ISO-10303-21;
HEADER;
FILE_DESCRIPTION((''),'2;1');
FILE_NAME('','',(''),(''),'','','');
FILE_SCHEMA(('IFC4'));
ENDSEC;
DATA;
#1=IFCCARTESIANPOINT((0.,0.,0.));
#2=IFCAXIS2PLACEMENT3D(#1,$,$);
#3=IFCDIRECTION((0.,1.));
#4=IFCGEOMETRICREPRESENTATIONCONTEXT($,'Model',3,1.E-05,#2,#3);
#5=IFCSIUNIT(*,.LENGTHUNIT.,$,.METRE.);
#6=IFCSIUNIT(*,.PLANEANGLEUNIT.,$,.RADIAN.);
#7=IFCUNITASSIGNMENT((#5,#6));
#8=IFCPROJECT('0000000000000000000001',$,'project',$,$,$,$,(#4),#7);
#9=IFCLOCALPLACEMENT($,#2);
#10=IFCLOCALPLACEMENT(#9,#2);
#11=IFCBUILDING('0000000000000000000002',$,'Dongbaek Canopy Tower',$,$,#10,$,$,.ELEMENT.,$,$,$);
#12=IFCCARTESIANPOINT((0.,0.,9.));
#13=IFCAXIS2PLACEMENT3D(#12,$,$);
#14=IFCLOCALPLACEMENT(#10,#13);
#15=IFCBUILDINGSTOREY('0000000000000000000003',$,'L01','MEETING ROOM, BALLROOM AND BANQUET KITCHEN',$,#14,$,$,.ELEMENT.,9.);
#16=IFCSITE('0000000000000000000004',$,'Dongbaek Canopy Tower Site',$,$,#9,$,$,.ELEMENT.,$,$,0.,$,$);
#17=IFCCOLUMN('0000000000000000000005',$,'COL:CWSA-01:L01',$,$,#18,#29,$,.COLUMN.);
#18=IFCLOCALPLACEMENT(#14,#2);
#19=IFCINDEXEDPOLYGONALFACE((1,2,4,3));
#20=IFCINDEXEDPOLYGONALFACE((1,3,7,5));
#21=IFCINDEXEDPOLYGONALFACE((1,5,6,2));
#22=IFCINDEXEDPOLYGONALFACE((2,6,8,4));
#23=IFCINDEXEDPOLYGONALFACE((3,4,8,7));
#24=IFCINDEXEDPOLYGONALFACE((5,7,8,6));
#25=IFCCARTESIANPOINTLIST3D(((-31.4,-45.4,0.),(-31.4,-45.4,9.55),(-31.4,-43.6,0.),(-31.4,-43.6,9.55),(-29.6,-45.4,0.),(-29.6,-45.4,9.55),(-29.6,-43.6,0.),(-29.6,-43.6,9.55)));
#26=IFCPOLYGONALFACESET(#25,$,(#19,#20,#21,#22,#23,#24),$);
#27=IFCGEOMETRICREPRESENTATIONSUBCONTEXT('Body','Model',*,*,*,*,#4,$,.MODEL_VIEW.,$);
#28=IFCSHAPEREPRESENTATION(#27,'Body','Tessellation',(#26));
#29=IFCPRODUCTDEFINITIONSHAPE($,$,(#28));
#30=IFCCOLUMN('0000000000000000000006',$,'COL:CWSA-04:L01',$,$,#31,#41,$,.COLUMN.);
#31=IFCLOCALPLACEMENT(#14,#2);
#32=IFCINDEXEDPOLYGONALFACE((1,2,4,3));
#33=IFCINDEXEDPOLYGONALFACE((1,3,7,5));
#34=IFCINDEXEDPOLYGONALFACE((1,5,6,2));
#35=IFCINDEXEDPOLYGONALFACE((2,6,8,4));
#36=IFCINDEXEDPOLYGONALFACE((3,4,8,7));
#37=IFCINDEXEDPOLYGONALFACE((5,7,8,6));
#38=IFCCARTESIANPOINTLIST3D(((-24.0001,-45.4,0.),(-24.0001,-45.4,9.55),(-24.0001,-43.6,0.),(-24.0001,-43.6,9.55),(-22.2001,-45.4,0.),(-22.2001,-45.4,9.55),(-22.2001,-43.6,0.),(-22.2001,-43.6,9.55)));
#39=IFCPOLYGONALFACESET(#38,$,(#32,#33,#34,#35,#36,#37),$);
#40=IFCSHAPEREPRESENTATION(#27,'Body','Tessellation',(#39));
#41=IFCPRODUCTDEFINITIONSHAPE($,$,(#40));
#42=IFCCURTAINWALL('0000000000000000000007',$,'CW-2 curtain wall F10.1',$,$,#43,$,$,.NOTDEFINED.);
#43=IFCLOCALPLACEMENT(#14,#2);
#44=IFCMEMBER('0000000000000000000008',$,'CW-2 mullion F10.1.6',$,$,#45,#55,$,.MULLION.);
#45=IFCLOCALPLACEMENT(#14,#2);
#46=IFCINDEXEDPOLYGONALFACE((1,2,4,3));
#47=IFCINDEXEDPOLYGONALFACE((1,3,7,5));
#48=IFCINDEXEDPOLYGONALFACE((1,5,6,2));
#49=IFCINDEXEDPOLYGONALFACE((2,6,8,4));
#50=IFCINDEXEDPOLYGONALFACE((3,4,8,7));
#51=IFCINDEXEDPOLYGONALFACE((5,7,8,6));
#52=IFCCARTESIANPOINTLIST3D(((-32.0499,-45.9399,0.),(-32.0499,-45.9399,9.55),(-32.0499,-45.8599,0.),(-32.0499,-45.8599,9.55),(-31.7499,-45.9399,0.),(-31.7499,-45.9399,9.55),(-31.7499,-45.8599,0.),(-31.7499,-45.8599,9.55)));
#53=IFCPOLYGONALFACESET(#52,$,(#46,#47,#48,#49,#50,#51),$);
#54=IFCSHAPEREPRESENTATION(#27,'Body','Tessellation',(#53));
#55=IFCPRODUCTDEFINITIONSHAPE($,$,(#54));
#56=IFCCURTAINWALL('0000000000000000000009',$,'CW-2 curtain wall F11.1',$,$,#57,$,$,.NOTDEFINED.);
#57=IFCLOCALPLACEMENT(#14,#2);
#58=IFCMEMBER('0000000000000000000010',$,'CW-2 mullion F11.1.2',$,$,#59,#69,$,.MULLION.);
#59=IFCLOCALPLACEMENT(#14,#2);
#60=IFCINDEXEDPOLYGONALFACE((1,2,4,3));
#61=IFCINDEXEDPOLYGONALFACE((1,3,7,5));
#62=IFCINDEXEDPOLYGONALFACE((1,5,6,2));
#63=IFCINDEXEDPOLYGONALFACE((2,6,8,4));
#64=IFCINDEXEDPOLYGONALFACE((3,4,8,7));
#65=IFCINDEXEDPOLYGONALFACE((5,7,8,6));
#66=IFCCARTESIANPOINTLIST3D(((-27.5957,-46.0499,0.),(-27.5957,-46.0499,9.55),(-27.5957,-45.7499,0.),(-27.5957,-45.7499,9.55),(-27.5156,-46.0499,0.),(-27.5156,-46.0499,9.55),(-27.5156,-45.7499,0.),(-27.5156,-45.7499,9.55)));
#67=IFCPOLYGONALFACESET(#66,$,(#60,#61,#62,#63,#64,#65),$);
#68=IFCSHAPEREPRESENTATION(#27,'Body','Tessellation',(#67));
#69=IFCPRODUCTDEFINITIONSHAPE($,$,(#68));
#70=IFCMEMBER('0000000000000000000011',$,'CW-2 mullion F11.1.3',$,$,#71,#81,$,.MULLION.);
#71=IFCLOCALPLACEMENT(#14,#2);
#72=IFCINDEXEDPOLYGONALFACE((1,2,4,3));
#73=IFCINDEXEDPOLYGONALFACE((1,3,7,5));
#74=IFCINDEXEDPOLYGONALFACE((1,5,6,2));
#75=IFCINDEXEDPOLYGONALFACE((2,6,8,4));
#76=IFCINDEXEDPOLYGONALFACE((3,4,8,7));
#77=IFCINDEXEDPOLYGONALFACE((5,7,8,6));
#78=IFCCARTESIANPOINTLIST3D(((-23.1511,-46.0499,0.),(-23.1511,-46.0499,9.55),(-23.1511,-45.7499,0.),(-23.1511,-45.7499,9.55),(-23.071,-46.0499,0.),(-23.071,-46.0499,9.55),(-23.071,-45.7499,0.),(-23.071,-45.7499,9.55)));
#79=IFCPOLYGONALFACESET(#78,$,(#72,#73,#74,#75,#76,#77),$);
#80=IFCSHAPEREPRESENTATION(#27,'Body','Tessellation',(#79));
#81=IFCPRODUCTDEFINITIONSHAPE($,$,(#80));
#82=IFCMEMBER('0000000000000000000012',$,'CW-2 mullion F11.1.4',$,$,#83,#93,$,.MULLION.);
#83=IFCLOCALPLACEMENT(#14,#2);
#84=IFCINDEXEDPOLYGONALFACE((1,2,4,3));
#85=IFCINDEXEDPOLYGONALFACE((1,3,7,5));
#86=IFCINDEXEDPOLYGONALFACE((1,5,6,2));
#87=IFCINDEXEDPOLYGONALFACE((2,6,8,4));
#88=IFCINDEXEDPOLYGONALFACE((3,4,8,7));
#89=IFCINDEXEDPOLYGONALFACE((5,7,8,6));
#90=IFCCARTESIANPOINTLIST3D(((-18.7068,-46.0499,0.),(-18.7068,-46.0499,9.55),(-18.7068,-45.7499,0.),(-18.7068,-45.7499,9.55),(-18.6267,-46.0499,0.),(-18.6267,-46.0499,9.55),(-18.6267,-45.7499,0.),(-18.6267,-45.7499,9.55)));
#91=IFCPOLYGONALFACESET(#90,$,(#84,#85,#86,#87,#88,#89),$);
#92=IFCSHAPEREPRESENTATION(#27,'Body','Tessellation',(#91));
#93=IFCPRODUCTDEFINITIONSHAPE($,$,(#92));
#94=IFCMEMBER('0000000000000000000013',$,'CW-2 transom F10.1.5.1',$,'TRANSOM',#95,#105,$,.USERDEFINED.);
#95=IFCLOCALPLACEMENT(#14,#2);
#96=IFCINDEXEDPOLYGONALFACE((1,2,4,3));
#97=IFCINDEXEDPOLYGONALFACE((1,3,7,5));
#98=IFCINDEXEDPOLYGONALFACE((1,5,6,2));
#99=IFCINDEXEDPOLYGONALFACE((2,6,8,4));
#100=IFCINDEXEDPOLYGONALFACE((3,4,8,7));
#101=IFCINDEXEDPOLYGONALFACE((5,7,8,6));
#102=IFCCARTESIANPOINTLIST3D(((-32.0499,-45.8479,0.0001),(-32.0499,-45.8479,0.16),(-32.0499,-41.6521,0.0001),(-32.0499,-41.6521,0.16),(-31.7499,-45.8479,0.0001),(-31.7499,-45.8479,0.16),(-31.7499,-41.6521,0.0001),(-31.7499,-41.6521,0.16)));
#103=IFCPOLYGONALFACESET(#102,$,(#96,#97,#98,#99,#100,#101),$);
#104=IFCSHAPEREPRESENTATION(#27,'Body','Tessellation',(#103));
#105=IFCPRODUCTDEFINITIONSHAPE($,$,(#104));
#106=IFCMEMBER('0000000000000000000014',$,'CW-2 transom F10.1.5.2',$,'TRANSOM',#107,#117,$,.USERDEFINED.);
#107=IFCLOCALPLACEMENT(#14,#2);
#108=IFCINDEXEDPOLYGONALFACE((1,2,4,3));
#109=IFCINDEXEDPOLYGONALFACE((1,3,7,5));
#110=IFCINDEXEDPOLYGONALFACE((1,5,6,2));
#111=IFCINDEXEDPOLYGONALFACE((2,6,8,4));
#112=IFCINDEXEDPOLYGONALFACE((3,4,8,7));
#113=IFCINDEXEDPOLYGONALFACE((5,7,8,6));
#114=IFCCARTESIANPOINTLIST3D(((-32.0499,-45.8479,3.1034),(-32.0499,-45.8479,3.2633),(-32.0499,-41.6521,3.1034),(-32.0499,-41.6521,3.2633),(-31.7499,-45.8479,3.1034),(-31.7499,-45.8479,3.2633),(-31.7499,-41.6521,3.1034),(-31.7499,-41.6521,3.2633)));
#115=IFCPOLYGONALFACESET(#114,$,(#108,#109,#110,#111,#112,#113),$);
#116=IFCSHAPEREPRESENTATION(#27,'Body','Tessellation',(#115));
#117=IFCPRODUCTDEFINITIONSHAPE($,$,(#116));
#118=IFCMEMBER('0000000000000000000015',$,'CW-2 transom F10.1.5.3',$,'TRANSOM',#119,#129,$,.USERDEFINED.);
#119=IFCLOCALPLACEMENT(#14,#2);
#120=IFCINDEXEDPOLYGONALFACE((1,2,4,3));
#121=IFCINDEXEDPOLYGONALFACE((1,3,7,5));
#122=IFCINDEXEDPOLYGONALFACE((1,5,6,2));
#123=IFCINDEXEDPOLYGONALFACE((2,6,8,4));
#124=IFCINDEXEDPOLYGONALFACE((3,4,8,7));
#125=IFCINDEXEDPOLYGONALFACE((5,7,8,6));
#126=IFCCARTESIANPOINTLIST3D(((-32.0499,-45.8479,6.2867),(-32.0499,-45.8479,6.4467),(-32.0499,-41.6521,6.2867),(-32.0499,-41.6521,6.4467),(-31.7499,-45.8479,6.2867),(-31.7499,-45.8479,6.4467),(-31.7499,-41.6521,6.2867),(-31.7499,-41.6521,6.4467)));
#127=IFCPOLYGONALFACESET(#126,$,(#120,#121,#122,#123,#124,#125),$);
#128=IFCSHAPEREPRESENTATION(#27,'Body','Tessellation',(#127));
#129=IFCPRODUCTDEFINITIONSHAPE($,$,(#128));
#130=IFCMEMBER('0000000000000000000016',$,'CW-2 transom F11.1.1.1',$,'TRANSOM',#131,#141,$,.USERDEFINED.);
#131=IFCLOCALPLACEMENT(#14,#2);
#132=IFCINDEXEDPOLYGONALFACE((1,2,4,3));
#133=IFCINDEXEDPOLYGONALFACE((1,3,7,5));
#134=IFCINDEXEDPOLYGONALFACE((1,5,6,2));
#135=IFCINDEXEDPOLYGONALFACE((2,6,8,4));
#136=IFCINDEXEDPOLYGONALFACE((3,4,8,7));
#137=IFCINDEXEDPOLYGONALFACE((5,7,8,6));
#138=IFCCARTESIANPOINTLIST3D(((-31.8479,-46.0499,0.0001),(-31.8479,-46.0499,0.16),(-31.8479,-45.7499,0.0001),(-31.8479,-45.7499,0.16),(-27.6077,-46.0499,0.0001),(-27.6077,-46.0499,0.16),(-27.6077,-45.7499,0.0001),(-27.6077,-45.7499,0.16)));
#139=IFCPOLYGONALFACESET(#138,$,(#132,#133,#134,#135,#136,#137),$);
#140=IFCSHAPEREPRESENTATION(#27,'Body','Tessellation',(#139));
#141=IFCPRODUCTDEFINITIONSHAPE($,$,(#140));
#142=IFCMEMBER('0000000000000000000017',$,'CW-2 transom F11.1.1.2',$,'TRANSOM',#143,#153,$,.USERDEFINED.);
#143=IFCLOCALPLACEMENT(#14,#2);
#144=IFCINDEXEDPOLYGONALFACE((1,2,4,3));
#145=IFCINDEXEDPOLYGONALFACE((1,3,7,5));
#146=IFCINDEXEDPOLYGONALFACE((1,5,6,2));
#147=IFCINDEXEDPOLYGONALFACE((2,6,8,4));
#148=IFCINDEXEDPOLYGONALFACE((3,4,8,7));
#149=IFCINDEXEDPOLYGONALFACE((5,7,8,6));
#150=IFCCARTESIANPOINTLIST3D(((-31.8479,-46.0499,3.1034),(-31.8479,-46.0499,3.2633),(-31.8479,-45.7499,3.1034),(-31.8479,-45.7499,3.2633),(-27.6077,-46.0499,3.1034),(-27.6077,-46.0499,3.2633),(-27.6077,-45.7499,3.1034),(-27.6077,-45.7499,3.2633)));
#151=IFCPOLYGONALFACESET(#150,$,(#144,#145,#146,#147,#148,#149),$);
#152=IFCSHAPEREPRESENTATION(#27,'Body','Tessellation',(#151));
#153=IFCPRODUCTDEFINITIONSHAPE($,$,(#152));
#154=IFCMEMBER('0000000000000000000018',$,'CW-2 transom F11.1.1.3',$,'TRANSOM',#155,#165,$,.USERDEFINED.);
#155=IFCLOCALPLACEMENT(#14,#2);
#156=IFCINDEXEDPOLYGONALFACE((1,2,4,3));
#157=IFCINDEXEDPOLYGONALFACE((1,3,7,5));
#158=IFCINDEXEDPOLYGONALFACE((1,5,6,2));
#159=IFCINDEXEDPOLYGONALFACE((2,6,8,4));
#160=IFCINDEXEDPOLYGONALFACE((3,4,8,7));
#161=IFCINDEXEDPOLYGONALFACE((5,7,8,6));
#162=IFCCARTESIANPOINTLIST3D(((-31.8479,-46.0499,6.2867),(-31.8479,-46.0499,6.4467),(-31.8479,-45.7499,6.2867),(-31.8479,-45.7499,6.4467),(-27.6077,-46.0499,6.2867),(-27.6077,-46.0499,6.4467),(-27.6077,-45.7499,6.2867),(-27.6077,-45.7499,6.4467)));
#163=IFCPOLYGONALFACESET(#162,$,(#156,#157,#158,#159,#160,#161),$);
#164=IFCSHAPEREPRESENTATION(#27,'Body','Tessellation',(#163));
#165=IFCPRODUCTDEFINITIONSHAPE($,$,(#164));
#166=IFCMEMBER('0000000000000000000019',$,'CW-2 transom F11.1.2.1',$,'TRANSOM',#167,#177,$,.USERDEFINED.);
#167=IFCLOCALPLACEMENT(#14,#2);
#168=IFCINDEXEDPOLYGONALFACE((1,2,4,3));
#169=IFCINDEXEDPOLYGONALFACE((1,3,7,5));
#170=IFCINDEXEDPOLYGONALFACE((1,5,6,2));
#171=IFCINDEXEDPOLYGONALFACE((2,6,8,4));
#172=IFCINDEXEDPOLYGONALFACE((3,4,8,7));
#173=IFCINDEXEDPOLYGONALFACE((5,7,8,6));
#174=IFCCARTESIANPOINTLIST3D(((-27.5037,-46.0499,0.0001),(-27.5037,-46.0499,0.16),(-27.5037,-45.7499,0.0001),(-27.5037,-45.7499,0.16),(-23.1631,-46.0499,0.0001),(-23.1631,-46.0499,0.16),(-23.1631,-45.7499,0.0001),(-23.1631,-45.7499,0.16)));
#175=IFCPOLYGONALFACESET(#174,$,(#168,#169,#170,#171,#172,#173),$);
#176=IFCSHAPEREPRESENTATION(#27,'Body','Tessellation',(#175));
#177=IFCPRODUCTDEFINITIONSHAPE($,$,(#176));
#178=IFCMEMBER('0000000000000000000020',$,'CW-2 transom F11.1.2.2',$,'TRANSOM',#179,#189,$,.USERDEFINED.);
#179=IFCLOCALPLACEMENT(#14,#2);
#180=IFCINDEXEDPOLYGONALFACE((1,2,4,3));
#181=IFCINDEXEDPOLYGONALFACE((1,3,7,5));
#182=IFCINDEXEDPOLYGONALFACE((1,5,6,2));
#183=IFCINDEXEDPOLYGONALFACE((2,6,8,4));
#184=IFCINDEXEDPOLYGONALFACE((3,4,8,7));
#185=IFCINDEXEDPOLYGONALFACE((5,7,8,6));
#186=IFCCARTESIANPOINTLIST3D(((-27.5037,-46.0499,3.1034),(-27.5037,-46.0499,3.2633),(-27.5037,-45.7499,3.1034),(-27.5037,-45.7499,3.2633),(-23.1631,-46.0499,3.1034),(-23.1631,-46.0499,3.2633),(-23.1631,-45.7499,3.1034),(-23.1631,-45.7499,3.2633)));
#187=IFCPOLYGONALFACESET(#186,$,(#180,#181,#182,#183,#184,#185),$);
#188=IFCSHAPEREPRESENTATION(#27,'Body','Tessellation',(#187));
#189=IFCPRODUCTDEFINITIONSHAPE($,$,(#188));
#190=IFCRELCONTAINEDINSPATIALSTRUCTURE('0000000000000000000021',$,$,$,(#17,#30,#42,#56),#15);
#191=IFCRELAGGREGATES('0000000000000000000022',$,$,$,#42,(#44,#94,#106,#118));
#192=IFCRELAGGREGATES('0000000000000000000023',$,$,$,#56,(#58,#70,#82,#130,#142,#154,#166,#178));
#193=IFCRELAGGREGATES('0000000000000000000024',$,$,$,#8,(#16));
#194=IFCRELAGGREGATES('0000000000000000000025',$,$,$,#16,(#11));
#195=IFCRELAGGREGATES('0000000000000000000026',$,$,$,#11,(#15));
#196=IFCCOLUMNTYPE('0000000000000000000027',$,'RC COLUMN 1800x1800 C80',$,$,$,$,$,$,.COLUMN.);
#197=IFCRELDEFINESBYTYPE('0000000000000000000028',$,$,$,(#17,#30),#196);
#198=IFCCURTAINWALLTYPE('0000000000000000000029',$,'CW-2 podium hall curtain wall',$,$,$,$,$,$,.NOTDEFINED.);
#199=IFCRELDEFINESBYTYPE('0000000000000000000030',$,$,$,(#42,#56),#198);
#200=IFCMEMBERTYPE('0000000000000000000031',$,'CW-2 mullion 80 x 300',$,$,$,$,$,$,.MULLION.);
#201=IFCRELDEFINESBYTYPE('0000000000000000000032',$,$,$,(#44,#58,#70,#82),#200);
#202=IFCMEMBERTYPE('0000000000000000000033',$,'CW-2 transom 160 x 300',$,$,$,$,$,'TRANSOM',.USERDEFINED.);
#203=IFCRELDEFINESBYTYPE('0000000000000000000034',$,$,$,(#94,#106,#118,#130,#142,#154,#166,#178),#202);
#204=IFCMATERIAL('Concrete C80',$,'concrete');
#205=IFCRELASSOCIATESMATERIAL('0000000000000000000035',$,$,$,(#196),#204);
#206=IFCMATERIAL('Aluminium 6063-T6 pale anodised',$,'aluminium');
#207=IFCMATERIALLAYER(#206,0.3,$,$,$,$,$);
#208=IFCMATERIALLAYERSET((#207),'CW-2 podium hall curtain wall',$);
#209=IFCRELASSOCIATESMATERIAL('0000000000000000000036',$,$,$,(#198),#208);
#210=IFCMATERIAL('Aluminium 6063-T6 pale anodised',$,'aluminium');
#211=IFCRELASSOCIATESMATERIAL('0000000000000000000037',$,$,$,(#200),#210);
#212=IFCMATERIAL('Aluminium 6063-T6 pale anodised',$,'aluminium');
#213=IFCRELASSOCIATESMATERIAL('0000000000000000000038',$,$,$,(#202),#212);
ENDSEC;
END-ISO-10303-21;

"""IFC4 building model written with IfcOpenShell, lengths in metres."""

from ifc_helpers import new_model, si_unit, direction, frame, origin, origin_2d, place, context, subcontext, project, spatial, rectangle, extrude, material, layer, layer_set, material_profile, profile_set, type_object, element, aggregate, save


model = new_model("IFC4")

# Units and contexts
model_context = context("Model", 3, precision=1e-05, world=origin(), true_north=direction((0.0, 1.0)))
body_context = subcontext(model_context, "Body", "Model", "MODEL_VIEW")
ifc_project = project(units=[si_unit("LENGTHUNIT", "METRE"), si_unit("PLANEANGLEUNIT", "RADIAN")], contexts=[model_context])

# Site, building, storey
site_placement = place(None, origin())
site = spatial("IfcSite", under=ifc_project, at=site_placement, Name="Dongbaek Canopy Tower Site", CompositionType="ELEMENT", RefElevation=0.0)
building_placement = place(site_placement, origin())
building = spatial("IfcBuilding", under=site, at=building_placement, Name="Dongbaek Canopy Tower", CompositionType="ELEMENT")
storey_placement = place(building_placement, frame((0.0, 0.0, 9.0)))
storey = spatial("IfcBuildingStorey", under=building, at=storey_placement, Name="L01", Description="MEETING ROOM, BALLROOM AND BANQUET KITCHEN", CompositionType="ELEMENT", Elevation=9.0)

# Columns
ifc_material_1 = material(Name="Concrete C80", Category="concrete")
ifc_material_profile_1 = material_profile(ifc_material_1, rectangle(XDim=1.8, YDim=1.8, at=origin_2d()), Name="RC COLUMN 1800x1800 C80")
ifc_profile_set_1 = profile_set([ifc_material_profile_1], Name="Concrete C80")
column_type = type_object("IfcColumnType", Name="RC COLUMN 1800x1800 C80", PredefinedType="COLUMN", material=ifc_profile_set_1)
for number, where, z_axis, x_axis, name in (
    (1, (-30.5, -44.5, 0.0), (0.0, 0.0, 1.0), (1.0, 0.0, 0.0), "COL:CWSA-01:L01"),
    (2, (-23.1001, -44.5, 0.0), (0.0, 0.0, 1.0), (1.0, 0.0, 0.0), "COL:CWSA-04:L01"),
):
    element("IfcColumn", number, at=place(storey_placement, frame(where, z_axis=z_axis, x_axis=x_axis)), inside=storey, type_object=column_type, Name=name, PredefinedType="COLUMN", context=body_context, shape_type="SweptSolid", body=[
        extrude(rectangle(XDim=1.8, YDim=1.8, at=origin_2d()), origin(), (0.0, 0.0, 1.0), 9.55),
    ])

# Curtain wall, member
ifc_material_2 = material(Name="Aluminium 6063-T6 pale anodised", Category="aluminium")
ifc_layer_1 = layer(ifc_material_2, 0.3)
ifc_layer_set_1 = layer_set([ifc_layer_1], Name="CW-2 podium hall curtain wall")
curtain_wall_type = type_object("IfcCurtainWallType", Name="CW-2 podium hall curtain wall", PredefinedType="NOTDEFINED", material=ifc_layer_set_1)
curtain_wall_1_placement = place(storey_placement, origin())
curtain_wall_1 = element("IfcCurtainWall", 3, at=curtain_wall_1_placement, inside=storey, type_object=curtain_wall_type, Name="CW-2 curtain wall F10.1", PredefinedType="NOTDEFINED")
ifc_material_3 = material(Name="Aluminium 6063-T6 pale anodised", Category="aluminium")
ifc_material_profile_2 = material_profile(ifc_material_3, rectangle(XDim=0.3, YDim=0.0801, at=origin_2d()), Name="CW-2 mullion 80 x 300")
ifc_profile_set_2 = profile_set([ifc_material_profile_2], Name="Aluminium 6063-T6 pale anodised")
member_type_1 = type_object("IfcMemberType", Name="CW-2 mullion 80 x 300", PredefinedType="MULLION", material=ifc_profile_set_2)
member_1_placement = place(storey_placement, frame((-31.8999, -45.8999, 0.0), z_axis=(0.0, 0.0, 1.0), x_axis=(-1.0, 0.0, 0.0)))
member_1 = element("IfcMember", 4, at=member_1_placement, type_object=member_type_1, Name="CW-2 mullion F10.1.6", PredefinedType="MULLION", context=body_context, shape_type="SweptSolid", body=[
    extrude(rectangle(XDim=0.3, YDim=0.0801, at=origin_2d()), origin(), (0.0, 0.0, 1.0), 9.55),
])

# Curtain wall, members
curtain_wall_2_placement = place(storey_placement, origin())
curtain_wall_2 = element("IfcCurtainWall", 5, at=curtain_wall_2_placement, inside=storey, type_object=curtain_wall_type, Name="CW-2 curtain wall F11.1", PredefinedType="NOTDEFINED")
member_2_placement = place(storey_placement, frame((-27.5557, -45.8999, 0.0), z_axis=(0.0, 0.0, 1.0), x_axis=(0.0, -1.0, 0.0)))
member_2 = element("IfcMember", 6, at=member_2_placement, type_object=member_type_1, Name="CW-2 mullion F11.1.2", PredefinedType="MULLION", context=body_context, shape_type="SweptSolid", body=[
    extrude(rectangle(XDim=0.3, YDim=0.0801, at=origin_2d()), origin(), (0.0, 0.0, 1.0), 9.55),
])
member_3_placement = place(storey_placement, frame((-23.1111, -45.8999, 0.0), z_axis=(0.0, 0.0, 1.0), x_axis=(0.0, -1.0, 0.0)))
member_3 = element("IfcMember", 7, at=member_3_placement, type_object=member_type_1, Name="CW-2 mullion F11.1.3", PredefinedType="MULLION", context=body_context, shape_type="SweptSolid", body=[
    extrude(rectangle(XDim=0.3, YDim=0.0801, at=origin_2d()), origin(), (0.0, 0.0, 1.0), 9.55),
])
member_4_placement = place(storey_placement, frame((-18.6667, -45.8999, 0.0), z_axis=(0.0, 0.0, 1.0), x_axis=(0.0, -1.0, 0.0)))
member_4 = element("IfcMember", 8, at=member_4_placement, type_object=member_type_1, Name="CW-2 mullion F11.1.4", PredefinedType="MULLION", context=body_context, shape_type="SweptSolid", body=[
    extrude(rectangle(XDim=0.3, YDim=0.0801, at=origin_2d()), origin(), (0.0, 0.0, 1.0), 9.55),
])

# Members
ifc_material_4 = material(Name="Aluminium 6063-T6 pale anodised", Category="aluminium")
ifc_material_profile_3 = material_profile(ifc_material_4, rectangle(XDim=0.3, YDim=0.1599, at=origin_2d()), Name="CW-2 transom 160 x 300")
ifc_profile_set_3 = profile_set([ifc_material_profile_3], Name="Aluminium 6063-T6 pale anodised")
member_type_2 = type_object("IfcMemberType", Name="CW-2 transom 160 x 300", ElementType="TRANSOM", PredefinedType="USERDEFINED", material=ifc_profile_set_3)
member_5_placement = place(storey_placement, frame((-31.8999, -41.6521, 0.0801), z_axis=(0.0, -1.0, 0.0), x_axis=(1.0, 0.0, 0.0)))
member_5 = element("IfcMember", 9, at=member_5_placement, type_object=member_type_2, Name="CW-2 transom F10.1.5.1", ObjectType="TRANSOM", PredefinedType="USERDEFINED", context=body_context, shape_type="SweptSolid", body=[
    extrude(rectangle(XDim=0.3, YDim=0.1599, at=origin_2d()), origin(), (0.0, 0.0, 1.0), 4.1958),
])
member_6_placement = place(storey_placement, frame((-31.8999, -41.6521, 3.1833), z_axis=(0.0, -1.0, 0.0), x_axis=(1.0, 0.0, 0.0)))
member_6 = element("IfcMember", 10, at=member_6_placement, type_object=member_type_2, Name="CW-2 transom F10.1.5.2", ObjectType="TRANSOM", PredefinedType="USERDEFINED", context=body_context, shape_type="SweptSolid", body=[
    extrude(rectangle(XDim=0.3, YDim=0.1599, at=origin_2d()), origin(), (0.0, 0.0, 1.0), 4.1958),
])
member_7_placement = place(storey_placement, frame((-31.8999, -41.6521, 6.3667), z_axis=(0.0, -1.0, 0.0), x_axis=(1.0, 0.0, 0.0)))
member_7 = element("IfcMember", 11, at=member_7_placement, type_object=member_type_2, Name="CW-2 transom F10.1.5.3", ObjectType="TRANSOM", PredefinedType="USERDEFINED", context=body_context, shape_type="SweptSolid", body=[
    extrude(rectangle(XDim=0.3, YDim=0.1599, at=origin_2d()), origin(), (0.0, 0.0, 1.0), 4.1958),
])
member_8_placement = place(storey_placement, frame((-31.8479, -45.8999, 0.0801), z_axis=(1.0, 0.0, 0.0), x_axis=(0.0, 1.0, 0.0)))
member_8 = element("IfcMember", 12, at=member_8_placement, type_object=member_type_2, Name="CW-2 transom F11.1.1.1", ObjectType="TRANSOM", PredefinedType="USERDEFINED", context=body_context, shape_type="SweptSolid", body=[
    extrude(rectangle(XDim=0.3, YDim=0.1599, at=origin_2d()), origin(), (0.0, 0.0, 1.0), 4.2402),
])
member_9_placement = place(storey_placement, frame((-31.8479, -45.8999, 3.1833), z_axis=(1.0, 0.0, 0.0), x_axis=(0.0, 1.0, 0.0)))
member_9 = element("IfcMember", 13, at=member_9_placement, type_object=member_type_2, Name="CW-2 transom F11.1.1.2", ObjectType="TRANSOM", PredefinedType="USERDEFINED", context=body_context, shape_type="SweptSolid", body=[
    extrude(rectangle(XDim=0.3, YDim=0.1599, at=origin_2d()), origin(), (0.0, 0.0, 1.0), 4.2402),
])
member_10_placement = place(storey_placement, frame((-31.8479, -45.8999, 6.3667), z_axis=(1.0, 0.0, 0.0), x_axis=(0.0, 1.0, 0.0)))
member_10 = element("IfcMember", 14, at=member_10_placement, type_object=member_type_2, Name="CW-2 transom F11.1.1.3", ObjectType="TRANSOM", PredefinedType="USERDEFINED", context=body_context, shape_type="SweptSolid", body=[
    extrude(rectangle(XDim=0.3, YDim=0.1599, at=origin_2d()), origin(), (0.0, 0.0, 1.0), 4.2402),
])
member_11_placement = place(storey_placement, frame((-27.5037, -45.8999, 0.0801), z_axis=(1.0, 0.0, 0.0), x_axis=(0.0, 1.0, 0.0)))
member_11 = element("IfcMember", 15, at=member_11_placement, type_object=member_type_2, Name="CW-2 transom F11.1.2.1", ObjectType="TRANSOM", PredefinedType="USERDEFINED", context=body_context, shape_type="SweptSolid", body=[
    extrude(rectangle(XDim=0.3, YDim=0.1599, at=origin_2d()), origin(), (0.0, 0.0, 1.0), 4.3406),
])
member_12_placement = place(storey_placement, frame((-27.5037, -45.8999, 3.1833), z_axis=(1.0, 0.0, 0.0), x_axis=(0.0, 1.0, 0.0)))
member_12 = element("IfcMember", 16, at=member_12_placement, type_object=member_type_2, Name="CW-2 transom F11.1.2.2", ObjectType="TRANSOM", PredefinedType="USERDEFINED", context=body_context, shape_type="SweptSolid", body=[
    extrude(rectangle(XDim=0.3, YDim=0.1599, at=origin_2d()), origin(), (0.0, 0.0, 1.0), 4.3406),
])

aggregate(curtain_wall_1, [member_1, member_5, member_6, member_7])
aggregate(curtain_wall_2, [member_2, member_3, member_4, member_8, member_9, member_10, member_11, member_12])

save(model, "model.ifc")
